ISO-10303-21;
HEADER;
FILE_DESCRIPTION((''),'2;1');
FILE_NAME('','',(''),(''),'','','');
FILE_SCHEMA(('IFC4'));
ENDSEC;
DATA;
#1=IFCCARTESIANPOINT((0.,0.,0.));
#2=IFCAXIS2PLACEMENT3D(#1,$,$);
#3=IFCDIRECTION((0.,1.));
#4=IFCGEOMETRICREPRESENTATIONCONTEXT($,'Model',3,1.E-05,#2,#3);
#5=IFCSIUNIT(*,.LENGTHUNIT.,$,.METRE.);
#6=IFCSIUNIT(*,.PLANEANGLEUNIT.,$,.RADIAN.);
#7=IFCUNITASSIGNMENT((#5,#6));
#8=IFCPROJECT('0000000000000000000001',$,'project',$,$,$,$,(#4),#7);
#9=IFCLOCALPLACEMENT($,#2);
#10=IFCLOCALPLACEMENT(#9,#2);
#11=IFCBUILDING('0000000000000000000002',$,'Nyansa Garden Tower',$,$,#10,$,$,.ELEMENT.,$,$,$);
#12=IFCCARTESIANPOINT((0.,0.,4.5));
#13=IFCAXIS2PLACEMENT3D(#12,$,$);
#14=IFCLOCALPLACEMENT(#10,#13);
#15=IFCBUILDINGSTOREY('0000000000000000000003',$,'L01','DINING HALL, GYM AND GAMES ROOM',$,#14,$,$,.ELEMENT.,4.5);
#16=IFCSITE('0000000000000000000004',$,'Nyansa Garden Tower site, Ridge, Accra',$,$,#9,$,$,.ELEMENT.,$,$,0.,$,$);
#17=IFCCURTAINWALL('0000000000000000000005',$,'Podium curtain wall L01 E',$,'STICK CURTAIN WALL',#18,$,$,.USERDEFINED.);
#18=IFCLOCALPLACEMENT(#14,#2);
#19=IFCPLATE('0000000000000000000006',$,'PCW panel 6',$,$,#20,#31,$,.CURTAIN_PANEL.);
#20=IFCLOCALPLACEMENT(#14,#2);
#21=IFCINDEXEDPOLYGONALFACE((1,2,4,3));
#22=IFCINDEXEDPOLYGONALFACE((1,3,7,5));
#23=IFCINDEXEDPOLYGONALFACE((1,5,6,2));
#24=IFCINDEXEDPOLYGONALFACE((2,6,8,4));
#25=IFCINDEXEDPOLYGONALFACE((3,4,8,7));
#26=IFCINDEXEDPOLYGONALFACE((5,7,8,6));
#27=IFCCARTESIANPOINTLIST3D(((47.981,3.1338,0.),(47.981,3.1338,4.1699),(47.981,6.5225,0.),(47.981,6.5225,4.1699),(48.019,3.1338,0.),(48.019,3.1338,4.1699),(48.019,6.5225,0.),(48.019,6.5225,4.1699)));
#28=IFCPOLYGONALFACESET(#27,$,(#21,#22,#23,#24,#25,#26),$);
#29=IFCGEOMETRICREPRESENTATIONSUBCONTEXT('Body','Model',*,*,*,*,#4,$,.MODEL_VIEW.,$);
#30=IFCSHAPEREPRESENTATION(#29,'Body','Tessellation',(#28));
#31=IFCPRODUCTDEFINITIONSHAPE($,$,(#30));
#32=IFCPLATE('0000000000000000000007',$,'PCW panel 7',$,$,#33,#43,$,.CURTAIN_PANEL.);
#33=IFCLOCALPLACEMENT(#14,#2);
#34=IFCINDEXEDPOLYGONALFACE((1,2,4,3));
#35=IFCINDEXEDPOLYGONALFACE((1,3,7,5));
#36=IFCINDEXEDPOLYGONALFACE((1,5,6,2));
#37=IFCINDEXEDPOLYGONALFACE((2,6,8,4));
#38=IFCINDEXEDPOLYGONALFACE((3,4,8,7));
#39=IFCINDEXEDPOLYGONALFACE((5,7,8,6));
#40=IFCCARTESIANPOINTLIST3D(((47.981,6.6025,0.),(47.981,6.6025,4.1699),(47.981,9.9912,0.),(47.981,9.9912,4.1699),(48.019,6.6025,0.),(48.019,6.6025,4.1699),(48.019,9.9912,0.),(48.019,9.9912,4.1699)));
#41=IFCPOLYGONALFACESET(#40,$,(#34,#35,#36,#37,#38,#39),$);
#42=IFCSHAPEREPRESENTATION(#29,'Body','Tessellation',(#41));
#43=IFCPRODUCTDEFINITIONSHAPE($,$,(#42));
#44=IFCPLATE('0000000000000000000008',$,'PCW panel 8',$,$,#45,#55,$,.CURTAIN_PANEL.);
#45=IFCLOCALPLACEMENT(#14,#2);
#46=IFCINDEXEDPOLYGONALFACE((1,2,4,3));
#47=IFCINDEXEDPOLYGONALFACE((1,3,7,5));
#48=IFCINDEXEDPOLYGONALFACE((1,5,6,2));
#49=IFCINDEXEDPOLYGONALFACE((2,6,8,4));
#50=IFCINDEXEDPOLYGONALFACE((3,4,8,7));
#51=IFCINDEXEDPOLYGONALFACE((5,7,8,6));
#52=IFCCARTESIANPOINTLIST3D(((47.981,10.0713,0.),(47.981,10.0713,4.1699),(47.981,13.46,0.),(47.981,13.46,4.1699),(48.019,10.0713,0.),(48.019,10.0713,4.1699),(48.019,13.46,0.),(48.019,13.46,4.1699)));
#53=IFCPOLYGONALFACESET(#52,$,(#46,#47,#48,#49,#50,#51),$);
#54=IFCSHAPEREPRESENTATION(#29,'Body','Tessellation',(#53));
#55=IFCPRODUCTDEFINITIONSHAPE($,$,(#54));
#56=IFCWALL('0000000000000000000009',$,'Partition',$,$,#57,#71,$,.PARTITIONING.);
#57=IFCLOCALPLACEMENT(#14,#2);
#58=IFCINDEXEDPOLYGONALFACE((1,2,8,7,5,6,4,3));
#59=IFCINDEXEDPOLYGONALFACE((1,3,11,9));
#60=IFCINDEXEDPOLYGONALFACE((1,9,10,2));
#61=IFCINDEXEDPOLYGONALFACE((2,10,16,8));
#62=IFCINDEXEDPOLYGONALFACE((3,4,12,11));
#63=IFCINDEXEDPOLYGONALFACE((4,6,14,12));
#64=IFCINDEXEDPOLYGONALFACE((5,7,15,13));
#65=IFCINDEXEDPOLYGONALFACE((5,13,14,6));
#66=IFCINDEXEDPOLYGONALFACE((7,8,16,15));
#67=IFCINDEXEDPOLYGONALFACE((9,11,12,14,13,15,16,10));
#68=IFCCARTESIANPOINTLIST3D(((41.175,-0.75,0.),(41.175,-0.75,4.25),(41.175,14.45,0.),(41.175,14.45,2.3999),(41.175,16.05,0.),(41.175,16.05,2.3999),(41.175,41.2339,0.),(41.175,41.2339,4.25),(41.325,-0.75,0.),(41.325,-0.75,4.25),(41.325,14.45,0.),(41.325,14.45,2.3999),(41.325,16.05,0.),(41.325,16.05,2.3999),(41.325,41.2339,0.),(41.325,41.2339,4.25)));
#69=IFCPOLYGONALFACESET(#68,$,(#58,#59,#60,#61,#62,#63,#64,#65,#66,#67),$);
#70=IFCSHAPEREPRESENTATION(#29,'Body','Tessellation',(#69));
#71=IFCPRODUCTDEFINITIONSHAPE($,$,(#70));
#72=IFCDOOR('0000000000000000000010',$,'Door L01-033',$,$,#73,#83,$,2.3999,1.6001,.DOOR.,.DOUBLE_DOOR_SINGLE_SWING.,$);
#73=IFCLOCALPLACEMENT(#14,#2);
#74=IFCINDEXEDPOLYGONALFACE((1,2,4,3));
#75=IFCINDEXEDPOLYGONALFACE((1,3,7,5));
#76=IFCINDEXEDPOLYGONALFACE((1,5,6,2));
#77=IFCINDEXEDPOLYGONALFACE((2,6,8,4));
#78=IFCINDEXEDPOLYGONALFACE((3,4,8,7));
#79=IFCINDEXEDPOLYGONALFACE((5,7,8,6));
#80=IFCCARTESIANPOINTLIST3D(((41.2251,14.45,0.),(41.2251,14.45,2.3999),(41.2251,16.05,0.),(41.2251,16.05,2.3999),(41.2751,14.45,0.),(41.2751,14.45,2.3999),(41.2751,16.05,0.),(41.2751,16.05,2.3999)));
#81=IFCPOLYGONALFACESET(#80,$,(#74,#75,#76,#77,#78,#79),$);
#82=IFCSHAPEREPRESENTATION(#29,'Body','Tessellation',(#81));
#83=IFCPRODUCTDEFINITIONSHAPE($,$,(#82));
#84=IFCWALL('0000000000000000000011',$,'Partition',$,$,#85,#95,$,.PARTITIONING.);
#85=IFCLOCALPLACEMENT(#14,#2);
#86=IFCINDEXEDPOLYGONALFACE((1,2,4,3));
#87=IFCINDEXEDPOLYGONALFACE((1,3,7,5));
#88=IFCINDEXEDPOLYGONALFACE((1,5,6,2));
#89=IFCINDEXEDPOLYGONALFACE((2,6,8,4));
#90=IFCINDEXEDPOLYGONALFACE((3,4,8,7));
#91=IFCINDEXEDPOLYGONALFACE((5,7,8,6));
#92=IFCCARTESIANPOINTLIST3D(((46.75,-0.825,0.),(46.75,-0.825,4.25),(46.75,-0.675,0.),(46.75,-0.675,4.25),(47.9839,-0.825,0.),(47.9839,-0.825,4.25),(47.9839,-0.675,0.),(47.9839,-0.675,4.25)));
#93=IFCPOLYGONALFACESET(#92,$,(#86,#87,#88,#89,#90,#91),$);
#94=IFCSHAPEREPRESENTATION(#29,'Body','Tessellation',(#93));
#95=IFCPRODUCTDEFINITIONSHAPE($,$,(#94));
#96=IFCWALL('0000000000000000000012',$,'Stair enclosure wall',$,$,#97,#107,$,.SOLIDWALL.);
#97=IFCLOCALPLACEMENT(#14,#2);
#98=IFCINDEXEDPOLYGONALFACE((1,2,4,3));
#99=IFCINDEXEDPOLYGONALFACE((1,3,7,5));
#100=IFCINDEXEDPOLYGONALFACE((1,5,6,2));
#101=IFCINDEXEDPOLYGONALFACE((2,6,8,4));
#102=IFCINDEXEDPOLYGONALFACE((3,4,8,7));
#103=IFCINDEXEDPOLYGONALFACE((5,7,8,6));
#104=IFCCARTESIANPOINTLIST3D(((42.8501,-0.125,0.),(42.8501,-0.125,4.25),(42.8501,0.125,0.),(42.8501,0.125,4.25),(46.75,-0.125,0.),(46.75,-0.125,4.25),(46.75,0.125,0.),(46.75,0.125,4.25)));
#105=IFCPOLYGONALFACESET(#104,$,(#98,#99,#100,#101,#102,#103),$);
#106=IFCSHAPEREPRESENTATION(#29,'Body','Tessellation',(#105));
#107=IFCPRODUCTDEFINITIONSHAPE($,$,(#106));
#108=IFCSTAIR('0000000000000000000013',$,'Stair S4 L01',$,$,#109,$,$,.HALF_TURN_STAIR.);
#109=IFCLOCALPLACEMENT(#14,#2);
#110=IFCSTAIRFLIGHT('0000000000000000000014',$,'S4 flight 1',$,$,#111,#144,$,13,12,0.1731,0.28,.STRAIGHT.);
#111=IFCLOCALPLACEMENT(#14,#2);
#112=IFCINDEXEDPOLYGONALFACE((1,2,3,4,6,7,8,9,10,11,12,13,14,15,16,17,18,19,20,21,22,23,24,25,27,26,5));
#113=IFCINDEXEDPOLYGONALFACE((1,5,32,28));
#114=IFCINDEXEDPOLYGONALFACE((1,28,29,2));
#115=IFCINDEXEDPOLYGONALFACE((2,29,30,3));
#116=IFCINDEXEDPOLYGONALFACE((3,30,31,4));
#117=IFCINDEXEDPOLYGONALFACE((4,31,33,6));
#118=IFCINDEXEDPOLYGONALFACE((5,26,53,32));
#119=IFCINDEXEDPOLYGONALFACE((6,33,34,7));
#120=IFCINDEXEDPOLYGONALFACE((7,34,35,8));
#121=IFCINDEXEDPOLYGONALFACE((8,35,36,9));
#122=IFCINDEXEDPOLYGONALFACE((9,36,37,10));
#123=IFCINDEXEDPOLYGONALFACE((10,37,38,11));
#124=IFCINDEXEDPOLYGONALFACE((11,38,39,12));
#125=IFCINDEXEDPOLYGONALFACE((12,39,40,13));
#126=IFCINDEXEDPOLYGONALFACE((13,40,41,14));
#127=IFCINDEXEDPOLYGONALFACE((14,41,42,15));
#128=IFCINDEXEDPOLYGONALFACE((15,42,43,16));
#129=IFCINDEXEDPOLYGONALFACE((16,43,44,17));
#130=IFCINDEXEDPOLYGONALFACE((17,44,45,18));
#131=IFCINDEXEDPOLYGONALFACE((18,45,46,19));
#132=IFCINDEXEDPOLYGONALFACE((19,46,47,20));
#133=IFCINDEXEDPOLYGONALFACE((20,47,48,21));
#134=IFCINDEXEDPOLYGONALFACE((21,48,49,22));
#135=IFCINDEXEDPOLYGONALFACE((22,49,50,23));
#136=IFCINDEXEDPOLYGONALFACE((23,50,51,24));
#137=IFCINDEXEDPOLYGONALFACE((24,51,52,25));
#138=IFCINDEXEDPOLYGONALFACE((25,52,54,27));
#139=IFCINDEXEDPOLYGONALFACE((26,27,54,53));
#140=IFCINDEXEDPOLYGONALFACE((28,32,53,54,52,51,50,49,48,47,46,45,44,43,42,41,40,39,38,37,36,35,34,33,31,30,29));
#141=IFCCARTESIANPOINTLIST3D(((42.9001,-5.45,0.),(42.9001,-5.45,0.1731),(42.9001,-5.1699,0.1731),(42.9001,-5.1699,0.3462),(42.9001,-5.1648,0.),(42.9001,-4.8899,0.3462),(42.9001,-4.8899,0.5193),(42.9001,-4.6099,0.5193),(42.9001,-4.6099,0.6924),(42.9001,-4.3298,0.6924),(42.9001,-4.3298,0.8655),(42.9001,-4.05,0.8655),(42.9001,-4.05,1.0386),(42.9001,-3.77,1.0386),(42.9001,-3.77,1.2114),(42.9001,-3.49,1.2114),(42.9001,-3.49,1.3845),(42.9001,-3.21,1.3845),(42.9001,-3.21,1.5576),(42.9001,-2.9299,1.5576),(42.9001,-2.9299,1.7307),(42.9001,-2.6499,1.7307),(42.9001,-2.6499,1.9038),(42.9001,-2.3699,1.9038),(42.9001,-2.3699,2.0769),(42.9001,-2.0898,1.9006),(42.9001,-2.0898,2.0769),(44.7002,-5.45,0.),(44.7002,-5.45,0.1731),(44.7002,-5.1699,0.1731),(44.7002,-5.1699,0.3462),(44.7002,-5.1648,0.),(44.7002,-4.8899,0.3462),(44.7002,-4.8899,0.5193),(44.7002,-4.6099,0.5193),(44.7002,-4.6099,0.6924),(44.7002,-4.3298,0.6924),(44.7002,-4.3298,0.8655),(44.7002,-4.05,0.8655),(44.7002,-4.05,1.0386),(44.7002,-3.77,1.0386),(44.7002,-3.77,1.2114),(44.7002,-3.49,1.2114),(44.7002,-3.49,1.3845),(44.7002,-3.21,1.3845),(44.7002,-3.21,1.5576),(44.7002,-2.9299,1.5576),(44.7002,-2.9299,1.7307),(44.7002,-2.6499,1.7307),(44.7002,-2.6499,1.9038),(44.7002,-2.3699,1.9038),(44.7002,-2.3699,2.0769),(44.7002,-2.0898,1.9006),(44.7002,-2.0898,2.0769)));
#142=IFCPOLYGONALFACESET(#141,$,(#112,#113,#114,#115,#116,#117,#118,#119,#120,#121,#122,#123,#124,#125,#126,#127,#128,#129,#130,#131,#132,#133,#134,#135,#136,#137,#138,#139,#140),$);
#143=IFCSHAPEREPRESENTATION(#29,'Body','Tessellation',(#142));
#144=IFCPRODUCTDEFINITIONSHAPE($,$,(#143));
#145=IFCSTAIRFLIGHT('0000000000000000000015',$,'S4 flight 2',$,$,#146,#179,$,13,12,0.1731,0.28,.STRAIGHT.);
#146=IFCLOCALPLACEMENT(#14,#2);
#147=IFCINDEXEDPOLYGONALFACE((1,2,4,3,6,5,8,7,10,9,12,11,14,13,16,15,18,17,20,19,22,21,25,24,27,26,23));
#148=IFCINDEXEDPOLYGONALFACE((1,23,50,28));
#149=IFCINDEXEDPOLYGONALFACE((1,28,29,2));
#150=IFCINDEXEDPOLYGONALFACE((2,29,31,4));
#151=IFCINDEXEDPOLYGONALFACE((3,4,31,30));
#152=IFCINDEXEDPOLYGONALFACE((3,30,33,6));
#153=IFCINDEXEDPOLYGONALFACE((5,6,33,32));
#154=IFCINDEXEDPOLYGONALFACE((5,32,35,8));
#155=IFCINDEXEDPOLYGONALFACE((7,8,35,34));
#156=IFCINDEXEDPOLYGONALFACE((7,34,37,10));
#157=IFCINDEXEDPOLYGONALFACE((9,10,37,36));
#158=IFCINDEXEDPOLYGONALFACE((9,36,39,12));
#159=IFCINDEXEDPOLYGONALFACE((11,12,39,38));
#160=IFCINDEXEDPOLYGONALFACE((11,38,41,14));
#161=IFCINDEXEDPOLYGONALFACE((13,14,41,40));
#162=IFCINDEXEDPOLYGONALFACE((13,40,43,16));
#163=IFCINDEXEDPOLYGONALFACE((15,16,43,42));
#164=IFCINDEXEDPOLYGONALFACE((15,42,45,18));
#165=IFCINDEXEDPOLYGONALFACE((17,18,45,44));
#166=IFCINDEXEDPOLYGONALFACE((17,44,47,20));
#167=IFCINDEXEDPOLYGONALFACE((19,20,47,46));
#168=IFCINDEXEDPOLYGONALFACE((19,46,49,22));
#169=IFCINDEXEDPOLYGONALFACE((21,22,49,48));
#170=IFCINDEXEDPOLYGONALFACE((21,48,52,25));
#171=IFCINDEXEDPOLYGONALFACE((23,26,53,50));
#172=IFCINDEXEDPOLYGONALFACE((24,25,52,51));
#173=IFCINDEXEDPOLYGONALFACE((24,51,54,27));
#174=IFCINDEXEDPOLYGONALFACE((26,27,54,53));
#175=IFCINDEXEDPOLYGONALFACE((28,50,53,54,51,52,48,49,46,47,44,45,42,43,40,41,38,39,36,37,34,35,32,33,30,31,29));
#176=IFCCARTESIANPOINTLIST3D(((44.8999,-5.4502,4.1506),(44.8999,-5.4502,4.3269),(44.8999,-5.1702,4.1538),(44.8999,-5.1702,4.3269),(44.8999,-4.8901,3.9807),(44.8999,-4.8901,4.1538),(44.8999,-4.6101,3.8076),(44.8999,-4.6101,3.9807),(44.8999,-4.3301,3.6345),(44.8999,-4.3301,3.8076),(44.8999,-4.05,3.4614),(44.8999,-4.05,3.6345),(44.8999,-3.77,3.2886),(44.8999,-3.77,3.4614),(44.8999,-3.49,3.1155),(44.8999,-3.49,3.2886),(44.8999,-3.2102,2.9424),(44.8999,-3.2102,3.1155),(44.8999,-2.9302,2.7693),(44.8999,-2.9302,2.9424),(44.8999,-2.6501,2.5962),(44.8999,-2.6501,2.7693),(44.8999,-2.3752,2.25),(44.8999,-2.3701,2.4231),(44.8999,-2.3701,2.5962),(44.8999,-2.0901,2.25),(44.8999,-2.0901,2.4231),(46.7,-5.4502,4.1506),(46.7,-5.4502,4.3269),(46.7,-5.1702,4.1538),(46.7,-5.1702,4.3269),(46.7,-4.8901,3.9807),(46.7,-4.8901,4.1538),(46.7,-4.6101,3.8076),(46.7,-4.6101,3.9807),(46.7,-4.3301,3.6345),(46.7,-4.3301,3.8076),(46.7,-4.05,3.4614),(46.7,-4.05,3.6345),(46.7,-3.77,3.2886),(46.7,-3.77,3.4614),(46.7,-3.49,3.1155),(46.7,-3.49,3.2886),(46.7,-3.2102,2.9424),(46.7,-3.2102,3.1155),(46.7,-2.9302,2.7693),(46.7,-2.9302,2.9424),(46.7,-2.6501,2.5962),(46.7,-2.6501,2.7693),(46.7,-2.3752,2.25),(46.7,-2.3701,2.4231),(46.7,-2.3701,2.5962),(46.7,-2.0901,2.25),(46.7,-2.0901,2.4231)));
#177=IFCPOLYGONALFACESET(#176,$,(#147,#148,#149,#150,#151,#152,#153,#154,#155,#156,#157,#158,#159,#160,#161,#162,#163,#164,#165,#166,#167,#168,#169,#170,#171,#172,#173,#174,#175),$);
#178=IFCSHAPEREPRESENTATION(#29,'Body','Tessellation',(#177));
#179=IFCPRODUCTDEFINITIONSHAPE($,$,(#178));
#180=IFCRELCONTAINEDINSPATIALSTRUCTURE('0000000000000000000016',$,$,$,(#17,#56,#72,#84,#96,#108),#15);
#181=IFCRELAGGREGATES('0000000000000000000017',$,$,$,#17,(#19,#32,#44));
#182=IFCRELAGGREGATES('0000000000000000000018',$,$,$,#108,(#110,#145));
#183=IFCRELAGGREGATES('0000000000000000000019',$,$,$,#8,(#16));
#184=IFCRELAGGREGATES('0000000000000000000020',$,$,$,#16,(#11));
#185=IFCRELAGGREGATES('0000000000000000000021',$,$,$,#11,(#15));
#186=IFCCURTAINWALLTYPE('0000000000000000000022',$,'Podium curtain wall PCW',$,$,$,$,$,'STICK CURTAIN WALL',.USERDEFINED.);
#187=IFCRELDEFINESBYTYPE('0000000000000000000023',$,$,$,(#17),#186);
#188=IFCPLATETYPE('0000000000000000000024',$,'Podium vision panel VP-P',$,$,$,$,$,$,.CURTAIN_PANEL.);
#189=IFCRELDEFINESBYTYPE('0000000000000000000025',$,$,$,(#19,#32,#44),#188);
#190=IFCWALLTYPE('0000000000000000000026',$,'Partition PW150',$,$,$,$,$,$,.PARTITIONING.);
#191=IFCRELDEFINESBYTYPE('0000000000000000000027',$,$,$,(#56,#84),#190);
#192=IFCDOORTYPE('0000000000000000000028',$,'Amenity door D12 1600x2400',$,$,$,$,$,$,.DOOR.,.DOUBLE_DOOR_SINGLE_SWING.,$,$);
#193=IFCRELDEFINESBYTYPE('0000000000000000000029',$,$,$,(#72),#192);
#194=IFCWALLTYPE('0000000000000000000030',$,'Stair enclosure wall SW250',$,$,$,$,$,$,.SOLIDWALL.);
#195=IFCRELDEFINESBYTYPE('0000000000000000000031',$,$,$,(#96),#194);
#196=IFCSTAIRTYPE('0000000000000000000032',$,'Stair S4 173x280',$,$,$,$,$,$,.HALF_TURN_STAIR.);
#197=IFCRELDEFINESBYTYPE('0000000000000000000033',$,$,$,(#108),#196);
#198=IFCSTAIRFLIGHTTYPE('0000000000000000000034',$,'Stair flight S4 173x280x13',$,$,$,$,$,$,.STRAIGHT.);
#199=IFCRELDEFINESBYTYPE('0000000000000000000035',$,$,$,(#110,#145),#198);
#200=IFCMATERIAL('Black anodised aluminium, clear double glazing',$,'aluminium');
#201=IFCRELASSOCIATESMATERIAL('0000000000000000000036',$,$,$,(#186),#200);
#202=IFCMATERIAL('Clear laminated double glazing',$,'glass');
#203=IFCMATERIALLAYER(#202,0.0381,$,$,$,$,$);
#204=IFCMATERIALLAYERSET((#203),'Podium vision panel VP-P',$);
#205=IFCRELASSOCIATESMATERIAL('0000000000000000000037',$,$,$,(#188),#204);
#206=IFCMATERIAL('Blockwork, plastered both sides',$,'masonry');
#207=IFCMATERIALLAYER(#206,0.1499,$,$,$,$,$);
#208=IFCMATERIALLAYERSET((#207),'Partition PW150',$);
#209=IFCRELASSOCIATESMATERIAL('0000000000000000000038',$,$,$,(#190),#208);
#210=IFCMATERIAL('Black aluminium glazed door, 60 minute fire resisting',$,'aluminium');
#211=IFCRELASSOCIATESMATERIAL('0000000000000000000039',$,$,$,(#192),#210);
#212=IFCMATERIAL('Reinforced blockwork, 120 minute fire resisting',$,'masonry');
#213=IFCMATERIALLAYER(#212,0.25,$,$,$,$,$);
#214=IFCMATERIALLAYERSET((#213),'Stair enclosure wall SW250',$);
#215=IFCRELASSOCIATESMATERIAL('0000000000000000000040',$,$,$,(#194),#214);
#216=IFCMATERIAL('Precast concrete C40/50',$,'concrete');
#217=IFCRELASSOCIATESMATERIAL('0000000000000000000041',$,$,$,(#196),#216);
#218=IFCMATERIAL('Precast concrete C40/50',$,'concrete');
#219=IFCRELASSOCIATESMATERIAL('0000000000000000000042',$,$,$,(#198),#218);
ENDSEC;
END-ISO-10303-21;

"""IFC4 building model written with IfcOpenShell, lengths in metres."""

from ifc_helpers import new_model, si_unit, direction, frame, frame_2d, origin, origin_2d, place, context, subcontext, project, spatial, polyline, rectangle, outline, extrude, material, layer, layer_set, type_object, element, fill, aggregate, save


model = new_model("IFC4")

# Units and contexts
model_context = context("Model", 3, precision=1e-05, world=origin(), true_north=direction((0.0, 1.0)))
body_context = subcontext(model_context, "Body", "Model", "MODEL_VIEW")
ifc_project = project(units=[si_unit("LENGTHUNIT", "METRE"), si_unit("PLANEANGLEUNIT", "RADIAN")], contexts=[model_context])

# Site, building, storey
site_placement = place(None, origin())
site = spatial("IfcSite", under=ifc_project, at=site_placement, Name="Nyansa Garden Tower site, Ridge, Accra", CompositionType="ELEMENT", RefElevation=0.0)
building_placement = place(site_placement, origin())
building = spatial("IfcBuilding", under=site, at=building_placement, Name="Nyansa Garden Tower", CompositionType="ELEMENT")
storey_placement = place(building_placement, frame((0.0, 0.0, 4.5)))
storey = spatial("IfcBuildingStorey", under=building, at=storey_placement, Name="L01", Description="DINING HALL, GYM AND GAMES ROOM", CompositionType="ELEMENT", Elevation=4.5)

# Curtain wall
ifc_material_1 = material(Name="Black anodised aluminium, clear double glazing", Category="aluminium")
curtain_wall_type = type_object("IfcCurtainWallType", Name="Podium curtain wall PCW", ElementType="STICK CURTAIN WALL", PredefinedType="USERDEFINED", material=ifc_material_1)
curtain_wall_placement = place(storey_placement, origin())
curtain_wall = element("IfcCurtainWall", 1, at=curtain_wall_placement, inside=storey, type_object=curtain_wall_type, Name="Podium curtain wall L01 E", ObjectType="STICK CURTAIN WALL", PredefinedType="USERDEFINED")

# Plates
ifc_material_2 = material(Name="Clear laminated double glazing", Category="glass")
ifc_layer_1 = layer(ifc_material_2, 0.0381)
ifc_layer_set_1 = layer_set([ifc_layer_1], Name="Podium vision panel VP-P")
plate_type = type_object("IfcPlateType", Name="Podium vision panel VP-P", PredefinedType="CURTAIN_PANEL", material=ifc_layer_set_1)
plate_1_placement = place(storey_placement, frame((48.0, 4.8281, 0.0), z_axis=(0.0, 0.0, 1.0), x_axis=(0.0, 1.0, 0.0)))
plate_1 = element("IfcPlate", 2, at=plate_1_placement, type_object=plate_type, Name="PCW panel 6", PredefinedType="CURTAIN_PANEL", context=body_context, shape_type="SweptSolid", body=[
    extrude(rectangle(XDim=3.3887, YDim=0.0381, at=origin_2d()), origin(), (0.0, 0.0, 1.0), 4.1699),
])
plate_2_placement = place(storey_placement, frame((48.0, 8.2969, 0.0), z_axis=(0.0, 0.0, 1.0), x_axis=(0.0, 1.0, 0.0)))
plate_2 = element("IfcPlate", 3, at=plate_2_placement, type_object=plate_type, Name="PCW panel 7", PredefinedType="CURTAIN_PANEL", context=body_context, shape_type="SweptSolid", body=[
    extrude(rectangle(XDim=3.3887, YDim=0.0381, at=origin_2d()), origin(), (0.0, 0.0, 1.0), 4.1699),
])
plate_3_placement = place(storey_placement, frame((48.0, 11.7656, 0.0), z_axis=(0.0, 0.0, 1.0), x_axis=(0.0, 1.0, 0.0)))
plate_3 = element("IfcPlate", 4, at=plate_3_placement, type_object=plate_type, Name="PCW panel 8", PredefinedType="CURTAIN_PANEL", context=body_context, shape_type="SweptSolid", body=[
    extrude(rectangle(XDim=3.3887, YDim=0.0381, at=origin_2d()), origin(), (0.0, 0.0, 1.0), 4.1699),
])
aggregate(curtain_wall, [plate_1, plate_2, plate_3])

# Wall, opening, door
ifc_material_3 = material(Name="Blockwork, plastered both sides", Category="masonry")
ifc_layer_2 = layer(ifc_material_3, 0.1499)
ifc_layer_set_2 = layer_set([ifc_layer_2], Name="Partition PW150")
wall_type_1 = type_object("IfcWallType", Name="Partition PW150", PredefinedType="PARTITIONING", material=ifc_layer_set_2)
wall_1_placement = place(storey_placement, frame((41.25, -0.75, 0.0), z_axis=(0.0, 0.0, 1.0), x_axis=(0.0, 1.0, 0.0)))
wall_1 = element("IfcWall", 5, at=wall_1_placement, inside=storey, type_object=wall_type_1, Name="Partition", PredefinedType="PARTITIONING", context=body_context, shape_type="SweptSolid", body=[
    extrude(rectangle(XDim=41.9839, YDim=0.1499, at=frame_2d((20.9919, 0.0))), origin(), (0.0, 0.0, 1.0), 4.25),
])
opening_placement = place(wall_1_placement, frame((15.2, 0.0, 0.0)))
opening = element("IfcOpeningElement", 6, at=opening_placement, cuts=wall_1, PredefinedType="OPENING", context=body_context, shape_type="SweptSolid", body=[
    extrude(rectangle(XDim=1.6001, YDim=2.3999, at=frame_2d((0.8, 1.2))), frame((0.0, 0.085, 0.0), z_axis=(0.0, -1.0, 0.0), x_axis=(1.0, 0.0, 0.0)), (0.0, 0.0, 1.0), 0.1699),
])
ifc_material_4 = material(Name="Black aluminium glazed door, 60 minute fire resisting", Category="aluminium")
door_type = type_object("IfcDoorType", Name="Amenity door D12 1600x2400", OperationType="DOUBLE_DOOR_SINGLE_SWING", PredefinedType="DOOR", material=ifc_material_4)
door_placement = place(opening_placement, origin())
door = element("IfcDoor", 7, at=door_placement, inside=storey, type_object=door_type, Name="Door L01-033", OperationType="DOUBLE_DOOR_SINGLE_SWING", OverallHeight=2.3999, OverallWidth=1.6001, PredefinedType="DOOR", context=body_context, shape_type="SweptSolid", body=[
    extrude(rectangle(XDim=1.6001, YDim=2.3999, at=frame_2d((0.8, 1.2))), frame((0.0, 0.0249, 0.0), z_axis=(0.0, -1.0, 0.0), x_axis=(1.0, 0.0, 0.0)), (0.0, 0.0, 1.0), 0.05),
])
fill(opening, door)

# Walls
wall_2_placement = place(storey_placement, frame((46.75, -0.75, 0.0), z_axis=(0.0, 0.0, 1.0), x_axis=(1.0, 0.0, 0.0)))
element("IfcWall", 8, at=wall_2_placement, inside=storey, type_object=wall_type_1, Name="Partition", PredefinedType="PARTITIONING", context=body_context, shape_type="SweptSolid", body=[
    extrude(rectangle(XDim=1.2339, YDim=0.1499, at=frame_2d((0.6169, 0.0))), origin(), (0.0, 0.0, 1.0), 4.25),
])
ifc_material_5 = material(Name="Reinforced blockwork, 120 minute fire resisting", Category="masonry")
ifc_layer_3 = layer(ifc_material_5, 0.25)
ifc_layer_set_3 = layer_set([ifc_layer_3], Name="Stair enclosure wall SW250")
wall_type_2 = type_object("IfcWallType", Name="Stair enclosure wall SW250", PredefinedType="SOLIDWALL", material=ifc_layer_set_3)
wall_3_placement = place(storey_placement, frame((42.8501, 0.0, 0.0), z_axis=(0.0, 0.0, 1.0), x_axis=(1.0, 0.0, 0.0)))
element("IfcWall", 9, at=wall_3_placement, inside=storey, type_object=wall_type_2, Name="Stair enclosure wall", PredefinedType="SOLIDWALL", context=body_context, shape_type="SweptSolid", body=[
    extrude(rectangle(XDim=3.8999, YDim=0.25, at=frame_2d((1.95, 0.0))), origin(), (0.0, 0.0, 1.0), 4.25),
])

# Stair, stair flights
ifc_material_6 = material(Name="Precast concrete C40/50", Category="concrete")
stair_type = type_object("IfcStairType", Name="Stair S4 173x280", PredefinedType="HALF_TURN_STAIR", material=ifc_material_6)
stair_placement = place(storey_placement, origin())
stair = element("IfcStair", 10, at=stair_placement, inside=storey, type_object=stair_type, Name="Stair S4 L01", PredefinedType="HALF_TURN_STAIR")
ifc_material_7 = material(Name="Precast concrete C40/50", Category="concrete")
stair_flight_type = type_object("IfcStairFlightType", Name="Stair flight S4 173x280x13", PredefinedType="STRAIGHT", material=ifc_material_7)
stair_flight_1_placement = place(storey_placement, frame((43.8, -5.45, 0.0), z_axis=(0.0, 0.0, 1.0), x_axis=(0.0, 1.0, 0.0)))
stair_flight_1 = element("IfcStairFlight", 11, at=stair_flight_1_placement, type_object=stair_flight_type, Name="S4 flight 1", NumberOfRisers=13, NumberOfTreads=12, PredefinedType="STRAIGHT", RiserHeight=0.1731, TreadLength=0.28, context=body_context, shape_type="SweptSolid", body=[
    extrude(outline(polyline([(0.0, 0.0), (0.0, 0.1731), (0.28, 0.1731), (0.28, 0.3462), (0.5601, 0.3462), (0.5601, 0.5193), (0.8401, 0.5193), (0.8401, 0.6924), (1.1201, 0.6924), (1.1201, 0.8655), (1.3999, 0.8655), (1.3999, 1.0386), (1.6799, 1.0386), (1.6799, 1.2114), (1.96, 1.2114), (1.96, 1.3845), (2.24, 1.3845), (2.24, 1.5576), (2.52, 1.5576), (2.52, 1.7307), (2.8, 1.7307), (2.8, 1.9038), (3.0801, 1.9038), (3.0801, 2.0769), (3.3601, 2.0769), (3.3601, 2.25), (3.3601, 1.9006), (0.2852, 0.0), (0.0, 0.0)])), frame((0.0, 0.8999, 0.0), z_axis=(0.0, -1.0, 0.0), x_axis=(1.0, 0.0, 0.0)), (0.0, 0.0, 1.0), 1.8),
])
stair_flight_2_placement = place(storey_placement, frame((45.8, -2.0901, 2.25), z_axis=(0.0, 0.0, 1.0), x_axis=(0.0, -1.0, 0.0)))
stair_flight_2 = element("IfcStairFlight", 12, at=stair_flight_2_placement, type_object=stair_flight_type, Name="S4 flight 2", NumberOfRisers=13, NumberOfTreads=12, PredefinedType="STRAIGHT", RiserHeight=0.1731, TreadLength=0.28, context=body_context, shape_type="SweptSolid", body=[
    extrude(outline(polyline([(0.0, 0.0), (0.0, 0.1731), (0.28, 0.1731), (0.28, 0.3462), (0.5601, 0.3462), (0.5601, 0.5193), (0.8401, 0.5193), (0.8401, 0.6924), (1.1201, 0.6924), (1.1201, 0.8655), (1.3999, 0.8655), (1.3999, 1.0386), (1.6799, 1.0386), (1.6799, 1.2114), (1.96, 1.2114), (1.96, 1.3845), (2.24, 1.3845), (2.24, 1.5576), (2.52, 1.5576), (2.52, 1.7307), (2.8, 1.7307), (2.8, 1.9038), (3.0801, 1.9038), (3.0801, 2.0769), (3.3601, 2.0769), (3.3601, 2.25), (3.3601, 1.9006), (0.2852, 0.0), (0.0, 0.0)])), frame((0.0, 0.8999, 0.0), z_axis=(0.0, -1.0, 0.0), x_axis=(1.0, 0.0, 0.0)), (0.0, 0.0, 1.0), 1.8),
])
aggregate(stair, [stair_flight_1, stair_flight_2])

save(model, "model.ifc")
